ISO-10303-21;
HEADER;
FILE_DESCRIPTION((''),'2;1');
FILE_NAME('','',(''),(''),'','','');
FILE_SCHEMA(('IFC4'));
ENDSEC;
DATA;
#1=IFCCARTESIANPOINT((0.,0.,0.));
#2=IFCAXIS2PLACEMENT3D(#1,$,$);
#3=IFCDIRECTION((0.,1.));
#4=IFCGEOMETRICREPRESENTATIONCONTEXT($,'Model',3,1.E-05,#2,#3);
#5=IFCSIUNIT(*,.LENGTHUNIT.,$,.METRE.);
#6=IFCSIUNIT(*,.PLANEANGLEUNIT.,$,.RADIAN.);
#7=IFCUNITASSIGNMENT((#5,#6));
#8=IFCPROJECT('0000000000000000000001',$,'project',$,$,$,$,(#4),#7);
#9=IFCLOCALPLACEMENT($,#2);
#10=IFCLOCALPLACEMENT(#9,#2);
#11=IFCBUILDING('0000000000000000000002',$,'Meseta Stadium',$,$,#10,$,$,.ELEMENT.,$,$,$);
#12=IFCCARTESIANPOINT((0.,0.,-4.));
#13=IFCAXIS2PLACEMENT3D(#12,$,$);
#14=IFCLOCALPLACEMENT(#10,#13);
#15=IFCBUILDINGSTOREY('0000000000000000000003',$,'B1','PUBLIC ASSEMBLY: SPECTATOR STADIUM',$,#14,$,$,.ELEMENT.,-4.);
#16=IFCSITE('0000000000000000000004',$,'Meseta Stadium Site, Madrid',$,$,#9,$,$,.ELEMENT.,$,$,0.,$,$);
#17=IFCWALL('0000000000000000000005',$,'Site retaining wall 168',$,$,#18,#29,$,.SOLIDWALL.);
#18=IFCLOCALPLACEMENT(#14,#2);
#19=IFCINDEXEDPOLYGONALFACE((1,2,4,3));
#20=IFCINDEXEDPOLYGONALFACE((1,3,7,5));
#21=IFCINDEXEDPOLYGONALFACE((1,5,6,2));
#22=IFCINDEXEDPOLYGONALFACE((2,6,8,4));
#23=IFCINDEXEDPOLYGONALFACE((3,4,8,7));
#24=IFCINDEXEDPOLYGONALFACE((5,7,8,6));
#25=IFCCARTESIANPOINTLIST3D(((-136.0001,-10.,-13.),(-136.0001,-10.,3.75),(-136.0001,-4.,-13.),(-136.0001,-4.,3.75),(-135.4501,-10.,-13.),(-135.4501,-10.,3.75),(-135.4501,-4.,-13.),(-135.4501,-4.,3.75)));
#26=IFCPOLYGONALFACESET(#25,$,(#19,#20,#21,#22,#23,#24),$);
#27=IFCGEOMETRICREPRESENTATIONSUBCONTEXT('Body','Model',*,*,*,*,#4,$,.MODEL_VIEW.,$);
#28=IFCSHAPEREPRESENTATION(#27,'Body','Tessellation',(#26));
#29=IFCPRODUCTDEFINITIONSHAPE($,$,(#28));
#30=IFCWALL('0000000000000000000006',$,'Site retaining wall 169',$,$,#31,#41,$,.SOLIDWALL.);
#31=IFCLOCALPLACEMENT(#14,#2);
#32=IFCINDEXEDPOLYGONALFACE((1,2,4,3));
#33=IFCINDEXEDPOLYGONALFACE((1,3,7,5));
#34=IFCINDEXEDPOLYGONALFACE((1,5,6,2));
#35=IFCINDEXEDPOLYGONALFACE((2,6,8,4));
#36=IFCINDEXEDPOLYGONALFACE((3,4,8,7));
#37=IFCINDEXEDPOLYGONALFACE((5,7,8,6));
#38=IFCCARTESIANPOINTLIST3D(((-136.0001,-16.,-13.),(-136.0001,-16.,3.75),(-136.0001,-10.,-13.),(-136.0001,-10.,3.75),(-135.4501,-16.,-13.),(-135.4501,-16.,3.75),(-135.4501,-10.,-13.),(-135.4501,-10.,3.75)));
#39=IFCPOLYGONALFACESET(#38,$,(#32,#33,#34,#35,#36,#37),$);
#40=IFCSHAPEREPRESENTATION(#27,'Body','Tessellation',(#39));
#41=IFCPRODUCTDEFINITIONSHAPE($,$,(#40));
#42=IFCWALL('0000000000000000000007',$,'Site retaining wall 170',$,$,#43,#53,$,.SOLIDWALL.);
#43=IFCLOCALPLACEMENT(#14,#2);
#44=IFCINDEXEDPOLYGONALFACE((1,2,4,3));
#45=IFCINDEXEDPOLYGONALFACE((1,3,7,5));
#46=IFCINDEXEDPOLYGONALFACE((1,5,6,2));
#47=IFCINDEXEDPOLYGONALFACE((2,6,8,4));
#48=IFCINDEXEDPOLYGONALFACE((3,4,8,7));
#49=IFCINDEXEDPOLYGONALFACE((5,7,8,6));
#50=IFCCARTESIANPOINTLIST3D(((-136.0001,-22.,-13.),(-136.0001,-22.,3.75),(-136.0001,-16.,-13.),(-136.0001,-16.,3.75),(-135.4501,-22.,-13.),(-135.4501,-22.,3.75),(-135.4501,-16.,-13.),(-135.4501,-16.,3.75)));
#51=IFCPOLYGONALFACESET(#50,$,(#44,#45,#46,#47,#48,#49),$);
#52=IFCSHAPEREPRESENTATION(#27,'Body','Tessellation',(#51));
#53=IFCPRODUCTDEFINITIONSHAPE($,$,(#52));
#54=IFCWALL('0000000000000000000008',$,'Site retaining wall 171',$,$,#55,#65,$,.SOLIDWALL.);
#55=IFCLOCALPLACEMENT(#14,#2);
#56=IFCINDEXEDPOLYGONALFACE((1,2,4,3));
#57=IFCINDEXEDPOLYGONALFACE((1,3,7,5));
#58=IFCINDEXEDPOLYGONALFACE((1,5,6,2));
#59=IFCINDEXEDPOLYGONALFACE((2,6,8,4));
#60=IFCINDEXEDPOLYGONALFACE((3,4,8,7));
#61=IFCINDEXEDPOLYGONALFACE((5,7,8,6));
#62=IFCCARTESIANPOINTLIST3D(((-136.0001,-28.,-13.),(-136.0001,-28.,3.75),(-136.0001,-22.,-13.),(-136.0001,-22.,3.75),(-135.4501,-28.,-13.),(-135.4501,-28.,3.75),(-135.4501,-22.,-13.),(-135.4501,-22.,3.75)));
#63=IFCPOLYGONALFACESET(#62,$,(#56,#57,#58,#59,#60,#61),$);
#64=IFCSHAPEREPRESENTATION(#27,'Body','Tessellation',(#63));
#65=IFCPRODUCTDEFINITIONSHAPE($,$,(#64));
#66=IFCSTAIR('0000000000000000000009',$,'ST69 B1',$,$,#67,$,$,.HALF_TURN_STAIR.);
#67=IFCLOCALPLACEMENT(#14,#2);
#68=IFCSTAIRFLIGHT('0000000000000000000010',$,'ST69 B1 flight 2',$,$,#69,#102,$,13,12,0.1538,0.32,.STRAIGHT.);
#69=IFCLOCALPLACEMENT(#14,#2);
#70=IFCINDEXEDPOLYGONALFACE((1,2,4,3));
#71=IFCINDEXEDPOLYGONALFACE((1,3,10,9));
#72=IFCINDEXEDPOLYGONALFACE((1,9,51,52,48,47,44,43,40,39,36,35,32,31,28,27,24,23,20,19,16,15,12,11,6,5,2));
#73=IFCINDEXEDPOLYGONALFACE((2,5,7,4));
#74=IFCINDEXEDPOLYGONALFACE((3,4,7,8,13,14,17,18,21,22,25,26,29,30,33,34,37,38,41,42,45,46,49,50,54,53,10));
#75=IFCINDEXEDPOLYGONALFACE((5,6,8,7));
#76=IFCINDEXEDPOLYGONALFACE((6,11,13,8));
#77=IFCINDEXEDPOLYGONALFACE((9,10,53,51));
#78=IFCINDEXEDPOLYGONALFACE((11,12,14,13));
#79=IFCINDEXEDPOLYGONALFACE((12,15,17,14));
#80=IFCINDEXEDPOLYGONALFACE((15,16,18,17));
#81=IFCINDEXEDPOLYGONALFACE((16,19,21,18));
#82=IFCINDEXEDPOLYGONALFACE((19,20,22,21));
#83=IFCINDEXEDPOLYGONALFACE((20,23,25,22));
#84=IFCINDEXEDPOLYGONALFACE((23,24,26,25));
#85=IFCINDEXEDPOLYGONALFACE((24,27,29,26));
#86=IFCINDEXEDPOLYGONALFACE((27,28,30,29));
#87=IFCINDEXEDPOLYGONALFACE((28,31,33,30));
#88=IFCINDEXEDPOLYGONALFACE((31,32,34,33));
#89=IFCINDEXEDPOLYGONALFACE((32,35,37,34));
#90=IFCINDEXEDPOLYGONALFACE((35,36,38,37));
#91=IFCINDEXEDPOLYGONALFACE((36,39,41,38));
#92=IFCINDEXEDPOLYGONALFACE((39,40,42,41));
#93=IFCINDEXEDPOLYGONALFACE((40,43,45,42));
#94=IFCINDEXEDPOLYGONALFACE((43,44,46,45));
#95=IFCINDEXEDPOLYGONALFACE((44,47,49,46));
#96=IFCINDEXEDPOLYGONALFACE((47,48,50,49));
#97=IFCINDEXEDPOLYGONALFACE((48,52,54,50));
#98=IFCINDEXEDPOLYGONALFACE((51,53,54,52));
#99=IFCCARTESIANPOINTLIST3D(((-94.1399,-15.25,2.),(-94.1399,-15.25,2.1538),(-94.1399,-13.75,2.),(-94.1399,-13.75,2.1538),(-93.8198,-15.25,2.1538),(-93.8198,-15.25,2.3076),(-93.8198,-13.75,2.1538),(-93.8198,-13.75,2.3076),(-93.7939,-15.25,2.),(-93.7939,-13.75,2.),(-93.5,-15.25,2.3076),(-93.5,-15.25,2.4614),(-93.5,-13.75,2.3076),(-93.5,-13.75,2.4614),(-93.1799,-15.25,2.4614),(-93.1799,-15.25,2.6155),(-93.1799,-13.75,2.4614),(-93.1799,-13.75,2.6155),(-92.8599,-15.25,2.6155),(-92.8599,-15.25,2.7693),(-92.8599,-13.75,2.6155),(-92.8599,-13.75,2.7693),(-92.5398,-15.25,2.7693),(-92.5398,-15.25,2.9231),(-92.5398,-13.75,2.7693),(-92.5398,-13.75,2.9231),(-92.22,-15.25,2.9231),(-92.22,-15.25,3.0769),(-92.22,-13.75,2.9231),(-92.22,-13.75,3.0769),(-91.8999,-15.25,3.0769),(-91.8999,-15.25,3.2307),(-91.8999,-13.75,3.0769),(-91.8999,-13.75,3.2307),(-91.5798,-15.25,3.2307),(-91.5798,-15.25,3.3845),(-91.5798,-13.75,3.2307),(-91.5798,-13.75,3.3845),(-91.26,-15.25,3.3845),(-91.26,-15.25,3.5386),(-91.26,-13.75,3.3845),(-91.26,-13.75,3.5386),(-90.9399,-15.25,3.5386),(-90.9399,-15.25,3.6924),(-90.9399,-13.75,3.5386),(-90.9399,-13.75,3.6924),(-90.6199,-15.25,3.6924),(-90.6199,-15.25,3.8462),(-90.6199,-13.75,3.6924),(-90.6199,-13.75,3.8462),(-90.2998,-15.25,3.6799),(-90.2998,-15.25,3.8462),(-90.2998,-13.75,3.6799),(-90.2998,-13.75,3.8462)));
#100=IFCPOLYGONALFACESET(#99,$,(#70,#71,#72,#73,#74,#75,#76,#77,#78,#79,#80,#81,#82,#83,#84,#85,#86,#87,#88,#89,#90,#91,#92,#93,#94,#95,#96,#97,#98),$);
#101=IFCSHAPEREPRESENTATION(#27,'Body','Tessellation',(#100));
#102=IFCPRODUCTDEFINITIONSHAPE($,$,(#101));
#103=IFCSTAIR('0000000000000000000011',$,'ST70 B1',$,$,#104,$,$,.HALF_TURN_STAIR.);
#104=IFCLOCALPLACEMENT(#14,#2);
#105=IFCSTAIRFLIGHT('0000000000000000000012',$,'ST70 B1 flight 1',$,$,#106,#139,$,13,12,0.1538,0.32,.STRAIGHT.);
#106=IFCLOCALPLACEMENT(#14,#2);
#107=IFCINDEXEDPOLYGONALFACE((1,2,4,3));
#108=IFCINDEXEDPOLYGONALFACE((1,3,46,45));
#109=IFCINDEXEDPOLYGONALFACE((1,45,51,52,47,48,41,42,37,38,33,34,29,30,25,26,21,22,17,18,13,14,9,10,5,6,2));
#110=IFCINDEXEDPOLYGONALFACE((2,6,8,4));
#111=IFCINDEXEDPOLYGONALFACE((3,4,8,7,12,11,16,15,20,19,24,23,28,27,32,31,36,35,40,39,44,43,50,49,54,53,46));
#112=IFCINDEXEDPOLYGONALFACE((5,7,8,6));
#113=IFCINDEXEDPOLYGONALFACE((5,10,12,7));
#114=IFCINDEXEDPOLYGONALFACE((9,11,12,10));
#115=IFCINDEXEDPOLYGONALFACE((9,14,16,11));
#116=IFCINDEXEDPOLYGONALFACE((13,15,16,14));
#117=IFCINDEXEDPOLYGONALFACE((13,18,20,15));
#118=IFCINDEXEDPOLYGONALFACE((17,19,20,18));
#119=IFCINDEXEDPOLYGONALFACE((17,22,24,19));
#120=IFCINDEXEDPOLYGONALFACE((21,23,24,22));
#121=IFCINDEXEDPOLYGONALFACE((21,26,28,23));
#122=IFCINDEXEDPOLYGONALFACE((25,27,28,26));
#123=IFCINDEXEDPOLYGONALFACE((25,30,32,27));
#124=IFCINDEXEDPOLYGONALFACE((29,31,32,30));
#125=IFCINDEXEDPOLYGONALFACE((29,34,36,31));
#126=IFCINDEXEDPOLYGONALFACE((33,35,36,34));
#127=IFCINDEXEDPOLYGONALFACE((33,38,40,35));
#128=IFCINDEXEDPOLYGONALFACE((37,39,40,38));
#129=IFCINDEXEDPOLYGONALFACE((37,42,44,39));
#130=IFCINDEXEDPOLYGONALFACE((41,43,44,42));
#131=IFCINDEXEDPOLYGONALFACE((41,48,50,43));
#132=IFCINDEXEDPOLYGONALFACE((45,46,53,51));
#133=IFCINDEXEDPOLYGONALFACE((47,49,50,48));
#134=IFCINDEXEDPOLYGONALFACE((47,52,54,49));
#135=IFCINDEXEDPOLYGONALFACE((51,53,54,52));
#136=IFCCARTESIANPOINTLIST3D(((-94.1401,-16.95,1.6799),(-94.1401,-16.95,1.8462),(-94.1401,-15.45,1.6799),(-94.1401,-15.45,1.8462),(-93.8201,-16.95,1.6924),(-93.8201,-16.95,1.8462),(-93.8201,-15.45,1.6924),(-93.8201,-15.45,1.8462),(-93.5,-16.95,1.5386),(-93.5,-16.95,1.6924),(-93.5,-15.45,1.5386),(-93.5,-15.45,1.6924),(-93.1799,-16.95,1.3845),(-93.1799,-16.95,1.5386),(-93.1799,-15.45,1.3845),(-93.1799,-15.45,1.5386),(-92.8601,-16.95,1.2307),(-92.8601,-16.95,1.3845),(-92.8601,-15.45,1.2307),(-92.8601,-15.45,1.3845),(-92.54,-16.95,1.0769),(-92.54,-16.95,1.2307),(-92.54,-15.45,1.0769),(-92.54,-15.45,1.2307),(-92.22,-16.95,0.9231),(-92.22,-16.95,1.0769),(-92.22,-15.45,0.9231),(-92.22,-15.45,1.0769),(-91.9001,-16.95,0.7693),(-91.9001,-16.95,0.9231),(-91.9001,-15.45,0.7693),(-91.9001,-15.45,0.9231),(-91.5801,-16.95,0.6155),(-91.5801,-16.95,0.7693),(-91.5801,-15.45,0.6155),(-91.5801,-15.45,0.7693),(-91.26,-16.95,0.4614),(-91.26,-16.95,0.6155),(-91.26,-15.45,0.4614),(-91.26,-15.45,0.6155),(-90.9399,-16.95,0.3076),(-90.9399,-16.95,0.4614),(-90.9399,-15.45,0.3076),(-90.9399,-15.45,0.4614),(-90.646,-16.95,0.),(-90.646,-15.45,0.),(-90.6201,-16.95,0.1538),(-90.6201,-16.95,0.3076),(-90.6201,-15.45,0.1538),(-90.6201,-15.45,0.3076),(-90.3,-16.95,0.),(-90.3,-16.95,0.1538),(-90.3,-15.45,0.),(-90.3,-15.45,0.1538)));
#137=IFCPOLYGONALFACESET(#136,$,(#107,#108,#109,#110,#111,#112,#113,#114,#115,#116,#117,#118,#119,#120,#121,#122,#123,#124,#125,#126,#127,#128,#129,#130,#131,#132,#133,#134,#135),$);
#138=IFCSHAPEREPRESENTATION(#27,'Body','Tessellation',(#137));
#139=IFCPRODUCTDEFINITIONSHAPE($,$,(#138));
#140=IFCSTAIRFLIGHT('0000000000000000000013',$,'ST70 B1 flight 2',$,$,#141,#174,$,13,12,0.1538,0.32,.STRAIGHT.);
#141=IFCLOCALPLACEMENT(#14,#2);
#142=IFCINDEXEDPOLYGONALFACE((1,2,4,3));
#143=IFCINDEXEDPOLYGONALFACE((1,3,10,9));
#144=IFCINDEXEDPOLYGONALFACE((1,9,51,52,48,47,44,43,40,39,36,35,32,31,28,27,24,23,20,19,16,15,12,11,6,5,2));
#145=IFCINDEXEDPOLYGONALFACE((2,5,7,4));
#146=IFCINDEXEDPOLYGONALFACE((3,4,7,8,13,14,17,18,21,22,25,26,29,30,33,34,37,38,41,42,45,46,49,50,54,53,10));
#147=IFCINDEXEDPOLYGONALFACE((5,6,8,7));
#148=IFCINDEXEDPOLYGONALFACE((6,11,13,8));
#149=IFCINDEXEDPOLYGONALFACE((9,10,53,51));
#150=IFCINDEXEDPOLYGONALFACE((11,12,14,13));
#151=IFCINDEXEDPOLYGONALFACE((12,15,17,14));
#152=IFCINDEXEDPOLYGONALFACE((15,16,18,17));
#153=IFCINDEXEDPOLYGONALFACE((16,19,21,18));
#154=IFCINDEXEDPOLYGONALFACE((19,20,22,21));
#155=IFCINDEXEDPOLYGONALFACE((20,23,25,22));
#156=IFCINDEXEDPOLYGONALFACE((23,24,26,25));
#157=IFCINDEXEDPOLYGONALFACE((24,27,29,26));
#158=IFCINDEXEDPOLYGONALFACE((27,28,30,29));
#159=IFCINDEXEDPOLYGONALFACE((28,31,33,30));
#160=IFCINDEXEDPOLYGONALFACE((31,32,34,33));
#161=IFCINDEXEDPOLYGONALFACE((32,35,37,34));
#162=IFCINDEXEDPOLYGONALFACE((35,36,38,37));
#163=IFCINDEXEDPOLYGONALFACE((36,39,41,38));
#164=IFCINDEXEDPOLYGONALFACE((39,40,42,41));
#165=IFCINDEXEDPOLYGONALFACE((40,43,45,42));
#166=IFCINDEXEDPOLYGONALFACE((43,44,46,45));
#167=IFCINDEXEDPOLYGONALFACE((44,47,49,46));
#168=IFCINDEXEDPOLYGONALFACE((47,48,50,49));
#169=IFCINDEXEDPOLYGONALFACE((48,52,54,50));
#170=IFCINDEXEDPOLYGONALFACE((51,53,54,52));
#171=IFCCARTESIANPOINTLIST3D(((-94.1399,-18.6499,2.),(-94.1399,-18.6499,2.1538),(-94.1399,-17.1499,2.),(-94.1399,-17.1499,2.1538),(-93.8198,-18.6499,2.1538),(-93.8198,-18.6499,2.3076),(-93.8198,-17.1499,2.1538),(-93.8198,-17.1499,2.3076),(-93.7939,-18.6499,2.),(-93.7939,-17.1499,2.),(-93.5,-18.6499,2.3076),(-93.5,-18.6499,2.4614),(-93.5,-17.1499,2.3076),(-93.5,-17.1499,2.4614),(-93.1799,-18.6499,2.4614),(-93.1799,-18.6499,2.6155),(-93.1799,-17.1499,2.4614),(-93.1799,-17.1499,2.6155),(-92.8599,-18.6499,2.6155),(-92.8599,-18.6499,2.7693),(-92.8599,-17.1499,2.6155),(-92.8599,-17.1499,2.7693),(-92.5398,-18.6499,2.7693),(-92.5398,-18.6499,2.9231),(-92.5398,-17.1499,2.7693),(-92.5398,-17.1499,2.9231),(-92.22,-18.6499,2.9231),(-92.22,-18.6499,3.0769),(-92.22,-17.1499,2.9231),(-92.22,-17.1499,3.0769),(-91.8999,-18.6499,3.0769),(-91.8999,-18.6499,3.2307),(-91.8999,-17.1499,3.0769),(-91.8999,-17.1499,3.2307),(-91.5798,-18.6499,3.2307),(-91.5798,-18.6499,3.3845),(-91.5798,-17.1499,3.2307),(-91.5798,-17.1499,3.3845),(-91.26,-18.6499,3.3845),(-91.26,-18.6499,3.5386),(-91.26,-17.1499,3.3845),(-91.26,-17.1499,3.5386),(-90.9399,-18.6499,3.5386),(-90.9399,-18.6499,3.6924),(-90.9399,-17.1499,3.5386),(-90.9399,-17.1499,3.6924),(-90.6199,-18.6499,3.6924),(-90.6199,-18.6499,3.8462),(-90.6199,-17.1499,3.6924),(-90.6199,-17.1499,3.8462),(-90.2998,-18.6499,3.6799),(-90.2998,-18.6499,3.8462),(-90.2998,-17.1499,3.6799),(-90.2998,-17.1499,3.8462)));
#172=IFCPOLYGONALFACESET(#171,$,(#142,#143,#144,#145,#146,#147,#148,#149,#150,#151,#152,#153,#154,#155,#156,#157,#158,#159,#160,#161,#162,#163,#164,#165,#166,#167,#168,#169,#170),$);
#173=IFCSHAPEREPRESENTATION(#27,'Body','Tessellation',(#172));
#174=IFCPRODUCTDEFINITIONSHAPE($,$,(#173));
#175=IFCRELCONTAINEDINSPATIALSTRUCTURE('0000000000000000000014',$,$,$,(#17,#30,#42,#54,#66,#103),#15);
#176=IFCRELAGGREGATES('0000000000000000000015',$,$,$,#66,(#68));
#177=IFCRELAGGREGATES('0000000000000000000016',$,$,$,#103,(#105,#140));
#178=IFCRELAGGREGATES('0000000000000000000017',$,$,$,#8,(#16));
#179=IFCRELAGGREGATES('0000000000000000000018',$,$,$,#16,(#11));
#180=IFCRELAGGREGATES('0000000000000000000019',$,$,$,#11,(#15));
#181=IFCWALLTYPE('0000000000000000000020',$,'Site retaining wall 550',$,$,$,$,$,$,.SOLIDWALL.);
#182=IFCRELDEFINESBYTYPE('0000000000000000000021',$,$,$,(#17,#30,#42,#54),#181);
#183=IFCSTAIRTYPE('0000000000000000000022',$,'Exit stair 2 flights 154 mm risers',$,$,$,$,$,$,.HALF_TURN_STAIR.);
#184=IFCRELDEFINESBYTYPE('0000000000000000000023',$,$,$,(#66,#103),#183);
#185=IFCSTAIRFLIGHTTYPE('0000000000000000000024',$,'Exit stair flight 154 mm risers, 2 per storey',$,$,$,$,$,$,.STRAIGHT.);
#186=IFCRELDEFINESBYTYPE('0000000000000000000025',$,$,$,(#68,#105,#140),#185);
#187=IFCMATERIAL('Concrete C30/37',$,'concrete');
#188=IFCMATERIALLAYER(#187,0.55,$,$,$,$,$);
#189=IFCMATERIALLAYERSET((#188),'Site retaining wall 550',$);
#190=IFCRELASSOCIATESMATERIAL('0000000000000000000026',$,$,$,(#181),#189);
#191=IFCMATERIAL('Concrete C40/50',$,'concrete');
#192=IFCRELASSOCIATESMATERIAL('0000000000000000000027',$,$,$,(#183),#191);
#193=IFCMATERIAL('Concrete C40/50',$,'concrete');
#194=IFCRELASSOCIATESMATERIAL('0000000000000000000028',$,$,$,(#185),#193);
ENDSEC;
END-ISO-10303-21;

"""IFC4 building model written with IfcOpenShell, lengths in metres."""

from ifc_helpers import new_model, si_unit, direction, frame, frame_2d, origin, place, context, subcontext, project, spatial, polyline, rectangle, outline, extrude, material, layer, layer_set, type_object, element, aggregate, save


model = new_model("IFC4")

# Units and contexts
model_context = context("Model", 3, precision=1e-05, world=origin(), true_north=direction((0.0, 1.0)))
body_context = subcontext(model_context, "Body", "Model", "MODEL_VIEW")
ifc_project = project(units=[si_unit("LENGTHUNIT", "METRE"), si_unit("PLANEANGLEUNIT", "RADIAN")], contexts=[model_context])

# Site, building, storey
site_placement = place(None, origin())
site = spatial("IfcSite", under=ifc_project, at=site_placement, Name="Meseta Stadium Site, Madrid", CompositionType="ELEMENT", RefElevation=0.0)
building_placement = place(site_placement, origin())
building = spatial("IfcBuilding", under=site, at=building_placement, Name="Meseta Stadium", CompositionType="ELEMENT")
storey_placement = place(building_placement, frame((0.0, 0.0, -4.0)))
storey = spatial("IfcBuildingStorey", under=building, at=storey_placement, Name="B1", Description="PUBLIC ASSEMBLY: SPECTATOR STADIUM", CompositionType="ELEMENT", Elevation=-4.0)

# Walls
ifc_material_1 = material(Name="Concrete C30/37", Category="concrete")
ifc_layer_1 = layer(ifc_material_1, 0.55)
ifc_layer_set_1 = layer_set([ifc_layer_1], Name="Site retaining wall 550")
wall_type_1 = type_object("IfcWallType", Name="Site retaining wall 550", PredefinedType="SOLIDWALL", material=ifc_layer_set_1)
for number, where, z_axis, x_axis, name in (
    (1, (-135.7251, -4.0, -13.0), (0.0, 0.0, 1.0), (0.0, -1.0, 0.0), "Site retaining wall 168"),
    (2, (-135.7251, -10.0, -13.0), (0.0, 0.0, 1.0), (0.0, -1.0, 0.0), "Site retaining wall 169"),
    (3, (-135.7251, -16.0, -13.0), (0.0, 0.0, 1.0), (0.0, -1.0, 0.0), "Site retaining wall 170"),
    (4, (-135.7251, -22.0, -13.0), (0.0, 0.0, 1.0), (0.0, -1.0, 0.0), "Site retaining wall 171"),
):
    element("IfcWall", number, at=place(storey_placement, frame(where, z_axis=z_axis, x_axis=x_axis)), inside=storey, type_object=wall_type_1, Name=name, PredefinedType="SOLIDWALL", context=body_context, shape_type="SweptSolid", body=[
        extrude(rectangle(XDim=6.0, YDim=0.55, at=frame_2d((3.0, 0.0))), origin(), (0.0, 0.0, 1.0), 16.75),
    ])

# Stair, stair flight
ifc_material_2 = material(Name="Concrete C40/50", Category="concrete")
stair_type = type_object("IfcStairType", Name="Exit stair 2 flights 154 mm risers", PredefinedType="HALF_TURN_STAIR", material=ifc_material_2)
stair_1_placement = place(storey_placement, origin())
stair_1 = element("IfcStair", 5, at=stair_1_placement, inside=storey, type_object=stair_type, Name="ST69 B1", PredefinedType="HALF_TURN_STAIR")
ifc_material_3 = material(Name="Concrete C40/50", Category="concrete")
stair_flight_type = type_object("IfcStairFlightType", Name="Exit stair flight 154 mm risers, 2 per storey", PredefinedType="STRAIGHT", material=ifc_material_3)
stair_flight_1_placement = place(storey_placement, frame((-94.1399, -14.5, 2.0), z_axis=(0.0, 0.0, 1.0), x_axis=(1.0, 0.0, 0.0)))
stair_flight_1 = element("IfcStairFlight", 6, at=stair_flight_1_placement, type_object=stair_flight_type, Name="ST69 B1 flight 2", NumberOfRisers=13, NumberOfTreads=12, PredefinedType="STRAIGHT", RiserHeight=0.1538, TreadLength=0.32, context=body_context, shape_type="SweptSolid", body=[
    extrude(outline(polyline([(0.0, 0.0), (0.0, 0.1538), (0.3201, 0.1538), (0.3201, 0.3076), (0.6399, 0.3076), (0.6399, 0.4614), (0.96, 0.4614), (0.96, 0.6155), (1.28, 0.6155), (1.28, 0.7693), (1.6001, 0.7693), (1.6001, 0.9231), (1.9199, 0.9231), (1.9199, 1.0769), (2.24, 1.0769), (2.24, 1.2307), (2.5601, 1.2307), (2.5601, 1.3845), (2.8799, 1.3845), (2.8799, 1.5386), (3.2, 1.5386), (3.2, 1.6924), (3.52, 1.6924), (3.52, 1.8462), (3.8401, 1.8462), (3.8401, 1.6799), (0.3459, 0.0), (0.0, 0.0)])), frame((0.0, 0.75, 0.0), z_axis=(0.0, -1.0, 0.0), x_axis=(1.0, 0.0, 0.0)), (0.0, 0.0, 1.0), 1.5),
])
aggregate(stair_1, [stair_flight_1])

# Stair, stair flights
stair_2_placement = place(storey_placement, origin())
stair_2 = element("IfcStair", 7, at=stair_2_placement, inside=storey, type_object=stair_type, Name="ST70 B1", PredefinedType="HALF_TURN_STAIR")
stair_flight_2_placement = place(storey_placement, frame((-90.3, -16.2, 0.0), z_axis=(0.0, 0.0, 1.0), x_axis=(-1.0, 0.0, 0.0)))
stair_flight_2 = element("IfcStairFlight", 8, at=stair_flight_2_placement, type_object=stair_flight_type, Name="ST70 B1 flight 1", NumberOfRisers=13, NumberOfTreads=12, PredefinedType="STRAIGHT", RiserHeight=0.1538, TreadLength=0.32, context=body_context, shape_type="SweptSolid", body=[
    extrude(outline(polyline([(0.0, 0.0), (0.0, 0.1538), (0.3201, 0.1538), (0.3201, 0.3076), (0.6399, 0.3076), (0.6399, 0.4614), (0.96, 0.4614), (0.96, 0.6155), (1.28, 0.6155), (1.28, 0.7693), (1.6001, 0.7693), (1.6001, 0.9231), (1.9199, 0.9231), (1.9199, 1.0769), (2.24, 1.0769), (2.24, 1.2307), (2.5601, 1.2307), (2.5601, 1.3845), (2.8799, 1.3845), (2.8799, 1.5386), (3.2, 1.5386), (3.2, 1.6924), (3.52, 1.6924), (3.52, 1.8462), (3.8401, 1.8462), (3.8401, 1.6799), (0.3459, 0.0), (0.0, 0.0)])), frame((0.0, 0.75, 0.0), z_axis=(0.0, -1.0, 0.0), x_axis=(1.0, 0.0, 0.0)), (0.0, 0.0, 1.0), 1.5),
])
stair_flight_3_placement = place(storey_placement, frame((-94.1399, -17.8999, 2.0), z_axis=(0.0, 0.0, 1.0), x_axis=(1.0, 0.0, 0.0)))
stair_flight_3 = element("IfcStairFlight", 9, at=stair_flight_3_placement, type_object=stair_flight_type, Name="ST70 B1 flight 2", NumberOfRisers=13, NumberOfTreads=12, PredefinedType="STRAIGHT", RiserHeight=0.1538, TreadLength=0.32, context=body_context, shape_type="SweptSolid", body=[
    extrude(outline(polyline([(0.0, 0.0), (0.0, 0.1538), (0.3201, 0.1538), (0.3201, 0.3076), (0.6399, 0.3076), (0.6399, 0.4614), (0.96, 0.4614), (0.96, 0.6155), (1.28, 0.6155), (1.28, 0.7693), (1.6001, 0.7693), (1.6001, 0.9231), (1.9199, 0.9231), (1.9199, 1.0769), (2.24, 1.0769), (2.24, 1.2307), (2.5601, 1.2307), (2.5601, 1.3845), (2.8799, 1.3845), (2.8799, 1.5386), (3.2, 1.5386), (3.2, 1.6924), (3.52, 1.6924), (3.52, 1.8462), (3.8401, 1.8462), (3.8401, 1.6799), (0.3459, 0.0), (0.0, 0.0)])), frame((0.0, 0.75, 0.0), z_axis=(0.0, -1.0, 0.0), x_axis=(1.0, 0.0, 0.0)), (0.0, 0.0, 1.0), 1.5),
])
aggregate(stair_2, [stair_flight_2, stair_flight_3])

save(model, "model.ifc")
